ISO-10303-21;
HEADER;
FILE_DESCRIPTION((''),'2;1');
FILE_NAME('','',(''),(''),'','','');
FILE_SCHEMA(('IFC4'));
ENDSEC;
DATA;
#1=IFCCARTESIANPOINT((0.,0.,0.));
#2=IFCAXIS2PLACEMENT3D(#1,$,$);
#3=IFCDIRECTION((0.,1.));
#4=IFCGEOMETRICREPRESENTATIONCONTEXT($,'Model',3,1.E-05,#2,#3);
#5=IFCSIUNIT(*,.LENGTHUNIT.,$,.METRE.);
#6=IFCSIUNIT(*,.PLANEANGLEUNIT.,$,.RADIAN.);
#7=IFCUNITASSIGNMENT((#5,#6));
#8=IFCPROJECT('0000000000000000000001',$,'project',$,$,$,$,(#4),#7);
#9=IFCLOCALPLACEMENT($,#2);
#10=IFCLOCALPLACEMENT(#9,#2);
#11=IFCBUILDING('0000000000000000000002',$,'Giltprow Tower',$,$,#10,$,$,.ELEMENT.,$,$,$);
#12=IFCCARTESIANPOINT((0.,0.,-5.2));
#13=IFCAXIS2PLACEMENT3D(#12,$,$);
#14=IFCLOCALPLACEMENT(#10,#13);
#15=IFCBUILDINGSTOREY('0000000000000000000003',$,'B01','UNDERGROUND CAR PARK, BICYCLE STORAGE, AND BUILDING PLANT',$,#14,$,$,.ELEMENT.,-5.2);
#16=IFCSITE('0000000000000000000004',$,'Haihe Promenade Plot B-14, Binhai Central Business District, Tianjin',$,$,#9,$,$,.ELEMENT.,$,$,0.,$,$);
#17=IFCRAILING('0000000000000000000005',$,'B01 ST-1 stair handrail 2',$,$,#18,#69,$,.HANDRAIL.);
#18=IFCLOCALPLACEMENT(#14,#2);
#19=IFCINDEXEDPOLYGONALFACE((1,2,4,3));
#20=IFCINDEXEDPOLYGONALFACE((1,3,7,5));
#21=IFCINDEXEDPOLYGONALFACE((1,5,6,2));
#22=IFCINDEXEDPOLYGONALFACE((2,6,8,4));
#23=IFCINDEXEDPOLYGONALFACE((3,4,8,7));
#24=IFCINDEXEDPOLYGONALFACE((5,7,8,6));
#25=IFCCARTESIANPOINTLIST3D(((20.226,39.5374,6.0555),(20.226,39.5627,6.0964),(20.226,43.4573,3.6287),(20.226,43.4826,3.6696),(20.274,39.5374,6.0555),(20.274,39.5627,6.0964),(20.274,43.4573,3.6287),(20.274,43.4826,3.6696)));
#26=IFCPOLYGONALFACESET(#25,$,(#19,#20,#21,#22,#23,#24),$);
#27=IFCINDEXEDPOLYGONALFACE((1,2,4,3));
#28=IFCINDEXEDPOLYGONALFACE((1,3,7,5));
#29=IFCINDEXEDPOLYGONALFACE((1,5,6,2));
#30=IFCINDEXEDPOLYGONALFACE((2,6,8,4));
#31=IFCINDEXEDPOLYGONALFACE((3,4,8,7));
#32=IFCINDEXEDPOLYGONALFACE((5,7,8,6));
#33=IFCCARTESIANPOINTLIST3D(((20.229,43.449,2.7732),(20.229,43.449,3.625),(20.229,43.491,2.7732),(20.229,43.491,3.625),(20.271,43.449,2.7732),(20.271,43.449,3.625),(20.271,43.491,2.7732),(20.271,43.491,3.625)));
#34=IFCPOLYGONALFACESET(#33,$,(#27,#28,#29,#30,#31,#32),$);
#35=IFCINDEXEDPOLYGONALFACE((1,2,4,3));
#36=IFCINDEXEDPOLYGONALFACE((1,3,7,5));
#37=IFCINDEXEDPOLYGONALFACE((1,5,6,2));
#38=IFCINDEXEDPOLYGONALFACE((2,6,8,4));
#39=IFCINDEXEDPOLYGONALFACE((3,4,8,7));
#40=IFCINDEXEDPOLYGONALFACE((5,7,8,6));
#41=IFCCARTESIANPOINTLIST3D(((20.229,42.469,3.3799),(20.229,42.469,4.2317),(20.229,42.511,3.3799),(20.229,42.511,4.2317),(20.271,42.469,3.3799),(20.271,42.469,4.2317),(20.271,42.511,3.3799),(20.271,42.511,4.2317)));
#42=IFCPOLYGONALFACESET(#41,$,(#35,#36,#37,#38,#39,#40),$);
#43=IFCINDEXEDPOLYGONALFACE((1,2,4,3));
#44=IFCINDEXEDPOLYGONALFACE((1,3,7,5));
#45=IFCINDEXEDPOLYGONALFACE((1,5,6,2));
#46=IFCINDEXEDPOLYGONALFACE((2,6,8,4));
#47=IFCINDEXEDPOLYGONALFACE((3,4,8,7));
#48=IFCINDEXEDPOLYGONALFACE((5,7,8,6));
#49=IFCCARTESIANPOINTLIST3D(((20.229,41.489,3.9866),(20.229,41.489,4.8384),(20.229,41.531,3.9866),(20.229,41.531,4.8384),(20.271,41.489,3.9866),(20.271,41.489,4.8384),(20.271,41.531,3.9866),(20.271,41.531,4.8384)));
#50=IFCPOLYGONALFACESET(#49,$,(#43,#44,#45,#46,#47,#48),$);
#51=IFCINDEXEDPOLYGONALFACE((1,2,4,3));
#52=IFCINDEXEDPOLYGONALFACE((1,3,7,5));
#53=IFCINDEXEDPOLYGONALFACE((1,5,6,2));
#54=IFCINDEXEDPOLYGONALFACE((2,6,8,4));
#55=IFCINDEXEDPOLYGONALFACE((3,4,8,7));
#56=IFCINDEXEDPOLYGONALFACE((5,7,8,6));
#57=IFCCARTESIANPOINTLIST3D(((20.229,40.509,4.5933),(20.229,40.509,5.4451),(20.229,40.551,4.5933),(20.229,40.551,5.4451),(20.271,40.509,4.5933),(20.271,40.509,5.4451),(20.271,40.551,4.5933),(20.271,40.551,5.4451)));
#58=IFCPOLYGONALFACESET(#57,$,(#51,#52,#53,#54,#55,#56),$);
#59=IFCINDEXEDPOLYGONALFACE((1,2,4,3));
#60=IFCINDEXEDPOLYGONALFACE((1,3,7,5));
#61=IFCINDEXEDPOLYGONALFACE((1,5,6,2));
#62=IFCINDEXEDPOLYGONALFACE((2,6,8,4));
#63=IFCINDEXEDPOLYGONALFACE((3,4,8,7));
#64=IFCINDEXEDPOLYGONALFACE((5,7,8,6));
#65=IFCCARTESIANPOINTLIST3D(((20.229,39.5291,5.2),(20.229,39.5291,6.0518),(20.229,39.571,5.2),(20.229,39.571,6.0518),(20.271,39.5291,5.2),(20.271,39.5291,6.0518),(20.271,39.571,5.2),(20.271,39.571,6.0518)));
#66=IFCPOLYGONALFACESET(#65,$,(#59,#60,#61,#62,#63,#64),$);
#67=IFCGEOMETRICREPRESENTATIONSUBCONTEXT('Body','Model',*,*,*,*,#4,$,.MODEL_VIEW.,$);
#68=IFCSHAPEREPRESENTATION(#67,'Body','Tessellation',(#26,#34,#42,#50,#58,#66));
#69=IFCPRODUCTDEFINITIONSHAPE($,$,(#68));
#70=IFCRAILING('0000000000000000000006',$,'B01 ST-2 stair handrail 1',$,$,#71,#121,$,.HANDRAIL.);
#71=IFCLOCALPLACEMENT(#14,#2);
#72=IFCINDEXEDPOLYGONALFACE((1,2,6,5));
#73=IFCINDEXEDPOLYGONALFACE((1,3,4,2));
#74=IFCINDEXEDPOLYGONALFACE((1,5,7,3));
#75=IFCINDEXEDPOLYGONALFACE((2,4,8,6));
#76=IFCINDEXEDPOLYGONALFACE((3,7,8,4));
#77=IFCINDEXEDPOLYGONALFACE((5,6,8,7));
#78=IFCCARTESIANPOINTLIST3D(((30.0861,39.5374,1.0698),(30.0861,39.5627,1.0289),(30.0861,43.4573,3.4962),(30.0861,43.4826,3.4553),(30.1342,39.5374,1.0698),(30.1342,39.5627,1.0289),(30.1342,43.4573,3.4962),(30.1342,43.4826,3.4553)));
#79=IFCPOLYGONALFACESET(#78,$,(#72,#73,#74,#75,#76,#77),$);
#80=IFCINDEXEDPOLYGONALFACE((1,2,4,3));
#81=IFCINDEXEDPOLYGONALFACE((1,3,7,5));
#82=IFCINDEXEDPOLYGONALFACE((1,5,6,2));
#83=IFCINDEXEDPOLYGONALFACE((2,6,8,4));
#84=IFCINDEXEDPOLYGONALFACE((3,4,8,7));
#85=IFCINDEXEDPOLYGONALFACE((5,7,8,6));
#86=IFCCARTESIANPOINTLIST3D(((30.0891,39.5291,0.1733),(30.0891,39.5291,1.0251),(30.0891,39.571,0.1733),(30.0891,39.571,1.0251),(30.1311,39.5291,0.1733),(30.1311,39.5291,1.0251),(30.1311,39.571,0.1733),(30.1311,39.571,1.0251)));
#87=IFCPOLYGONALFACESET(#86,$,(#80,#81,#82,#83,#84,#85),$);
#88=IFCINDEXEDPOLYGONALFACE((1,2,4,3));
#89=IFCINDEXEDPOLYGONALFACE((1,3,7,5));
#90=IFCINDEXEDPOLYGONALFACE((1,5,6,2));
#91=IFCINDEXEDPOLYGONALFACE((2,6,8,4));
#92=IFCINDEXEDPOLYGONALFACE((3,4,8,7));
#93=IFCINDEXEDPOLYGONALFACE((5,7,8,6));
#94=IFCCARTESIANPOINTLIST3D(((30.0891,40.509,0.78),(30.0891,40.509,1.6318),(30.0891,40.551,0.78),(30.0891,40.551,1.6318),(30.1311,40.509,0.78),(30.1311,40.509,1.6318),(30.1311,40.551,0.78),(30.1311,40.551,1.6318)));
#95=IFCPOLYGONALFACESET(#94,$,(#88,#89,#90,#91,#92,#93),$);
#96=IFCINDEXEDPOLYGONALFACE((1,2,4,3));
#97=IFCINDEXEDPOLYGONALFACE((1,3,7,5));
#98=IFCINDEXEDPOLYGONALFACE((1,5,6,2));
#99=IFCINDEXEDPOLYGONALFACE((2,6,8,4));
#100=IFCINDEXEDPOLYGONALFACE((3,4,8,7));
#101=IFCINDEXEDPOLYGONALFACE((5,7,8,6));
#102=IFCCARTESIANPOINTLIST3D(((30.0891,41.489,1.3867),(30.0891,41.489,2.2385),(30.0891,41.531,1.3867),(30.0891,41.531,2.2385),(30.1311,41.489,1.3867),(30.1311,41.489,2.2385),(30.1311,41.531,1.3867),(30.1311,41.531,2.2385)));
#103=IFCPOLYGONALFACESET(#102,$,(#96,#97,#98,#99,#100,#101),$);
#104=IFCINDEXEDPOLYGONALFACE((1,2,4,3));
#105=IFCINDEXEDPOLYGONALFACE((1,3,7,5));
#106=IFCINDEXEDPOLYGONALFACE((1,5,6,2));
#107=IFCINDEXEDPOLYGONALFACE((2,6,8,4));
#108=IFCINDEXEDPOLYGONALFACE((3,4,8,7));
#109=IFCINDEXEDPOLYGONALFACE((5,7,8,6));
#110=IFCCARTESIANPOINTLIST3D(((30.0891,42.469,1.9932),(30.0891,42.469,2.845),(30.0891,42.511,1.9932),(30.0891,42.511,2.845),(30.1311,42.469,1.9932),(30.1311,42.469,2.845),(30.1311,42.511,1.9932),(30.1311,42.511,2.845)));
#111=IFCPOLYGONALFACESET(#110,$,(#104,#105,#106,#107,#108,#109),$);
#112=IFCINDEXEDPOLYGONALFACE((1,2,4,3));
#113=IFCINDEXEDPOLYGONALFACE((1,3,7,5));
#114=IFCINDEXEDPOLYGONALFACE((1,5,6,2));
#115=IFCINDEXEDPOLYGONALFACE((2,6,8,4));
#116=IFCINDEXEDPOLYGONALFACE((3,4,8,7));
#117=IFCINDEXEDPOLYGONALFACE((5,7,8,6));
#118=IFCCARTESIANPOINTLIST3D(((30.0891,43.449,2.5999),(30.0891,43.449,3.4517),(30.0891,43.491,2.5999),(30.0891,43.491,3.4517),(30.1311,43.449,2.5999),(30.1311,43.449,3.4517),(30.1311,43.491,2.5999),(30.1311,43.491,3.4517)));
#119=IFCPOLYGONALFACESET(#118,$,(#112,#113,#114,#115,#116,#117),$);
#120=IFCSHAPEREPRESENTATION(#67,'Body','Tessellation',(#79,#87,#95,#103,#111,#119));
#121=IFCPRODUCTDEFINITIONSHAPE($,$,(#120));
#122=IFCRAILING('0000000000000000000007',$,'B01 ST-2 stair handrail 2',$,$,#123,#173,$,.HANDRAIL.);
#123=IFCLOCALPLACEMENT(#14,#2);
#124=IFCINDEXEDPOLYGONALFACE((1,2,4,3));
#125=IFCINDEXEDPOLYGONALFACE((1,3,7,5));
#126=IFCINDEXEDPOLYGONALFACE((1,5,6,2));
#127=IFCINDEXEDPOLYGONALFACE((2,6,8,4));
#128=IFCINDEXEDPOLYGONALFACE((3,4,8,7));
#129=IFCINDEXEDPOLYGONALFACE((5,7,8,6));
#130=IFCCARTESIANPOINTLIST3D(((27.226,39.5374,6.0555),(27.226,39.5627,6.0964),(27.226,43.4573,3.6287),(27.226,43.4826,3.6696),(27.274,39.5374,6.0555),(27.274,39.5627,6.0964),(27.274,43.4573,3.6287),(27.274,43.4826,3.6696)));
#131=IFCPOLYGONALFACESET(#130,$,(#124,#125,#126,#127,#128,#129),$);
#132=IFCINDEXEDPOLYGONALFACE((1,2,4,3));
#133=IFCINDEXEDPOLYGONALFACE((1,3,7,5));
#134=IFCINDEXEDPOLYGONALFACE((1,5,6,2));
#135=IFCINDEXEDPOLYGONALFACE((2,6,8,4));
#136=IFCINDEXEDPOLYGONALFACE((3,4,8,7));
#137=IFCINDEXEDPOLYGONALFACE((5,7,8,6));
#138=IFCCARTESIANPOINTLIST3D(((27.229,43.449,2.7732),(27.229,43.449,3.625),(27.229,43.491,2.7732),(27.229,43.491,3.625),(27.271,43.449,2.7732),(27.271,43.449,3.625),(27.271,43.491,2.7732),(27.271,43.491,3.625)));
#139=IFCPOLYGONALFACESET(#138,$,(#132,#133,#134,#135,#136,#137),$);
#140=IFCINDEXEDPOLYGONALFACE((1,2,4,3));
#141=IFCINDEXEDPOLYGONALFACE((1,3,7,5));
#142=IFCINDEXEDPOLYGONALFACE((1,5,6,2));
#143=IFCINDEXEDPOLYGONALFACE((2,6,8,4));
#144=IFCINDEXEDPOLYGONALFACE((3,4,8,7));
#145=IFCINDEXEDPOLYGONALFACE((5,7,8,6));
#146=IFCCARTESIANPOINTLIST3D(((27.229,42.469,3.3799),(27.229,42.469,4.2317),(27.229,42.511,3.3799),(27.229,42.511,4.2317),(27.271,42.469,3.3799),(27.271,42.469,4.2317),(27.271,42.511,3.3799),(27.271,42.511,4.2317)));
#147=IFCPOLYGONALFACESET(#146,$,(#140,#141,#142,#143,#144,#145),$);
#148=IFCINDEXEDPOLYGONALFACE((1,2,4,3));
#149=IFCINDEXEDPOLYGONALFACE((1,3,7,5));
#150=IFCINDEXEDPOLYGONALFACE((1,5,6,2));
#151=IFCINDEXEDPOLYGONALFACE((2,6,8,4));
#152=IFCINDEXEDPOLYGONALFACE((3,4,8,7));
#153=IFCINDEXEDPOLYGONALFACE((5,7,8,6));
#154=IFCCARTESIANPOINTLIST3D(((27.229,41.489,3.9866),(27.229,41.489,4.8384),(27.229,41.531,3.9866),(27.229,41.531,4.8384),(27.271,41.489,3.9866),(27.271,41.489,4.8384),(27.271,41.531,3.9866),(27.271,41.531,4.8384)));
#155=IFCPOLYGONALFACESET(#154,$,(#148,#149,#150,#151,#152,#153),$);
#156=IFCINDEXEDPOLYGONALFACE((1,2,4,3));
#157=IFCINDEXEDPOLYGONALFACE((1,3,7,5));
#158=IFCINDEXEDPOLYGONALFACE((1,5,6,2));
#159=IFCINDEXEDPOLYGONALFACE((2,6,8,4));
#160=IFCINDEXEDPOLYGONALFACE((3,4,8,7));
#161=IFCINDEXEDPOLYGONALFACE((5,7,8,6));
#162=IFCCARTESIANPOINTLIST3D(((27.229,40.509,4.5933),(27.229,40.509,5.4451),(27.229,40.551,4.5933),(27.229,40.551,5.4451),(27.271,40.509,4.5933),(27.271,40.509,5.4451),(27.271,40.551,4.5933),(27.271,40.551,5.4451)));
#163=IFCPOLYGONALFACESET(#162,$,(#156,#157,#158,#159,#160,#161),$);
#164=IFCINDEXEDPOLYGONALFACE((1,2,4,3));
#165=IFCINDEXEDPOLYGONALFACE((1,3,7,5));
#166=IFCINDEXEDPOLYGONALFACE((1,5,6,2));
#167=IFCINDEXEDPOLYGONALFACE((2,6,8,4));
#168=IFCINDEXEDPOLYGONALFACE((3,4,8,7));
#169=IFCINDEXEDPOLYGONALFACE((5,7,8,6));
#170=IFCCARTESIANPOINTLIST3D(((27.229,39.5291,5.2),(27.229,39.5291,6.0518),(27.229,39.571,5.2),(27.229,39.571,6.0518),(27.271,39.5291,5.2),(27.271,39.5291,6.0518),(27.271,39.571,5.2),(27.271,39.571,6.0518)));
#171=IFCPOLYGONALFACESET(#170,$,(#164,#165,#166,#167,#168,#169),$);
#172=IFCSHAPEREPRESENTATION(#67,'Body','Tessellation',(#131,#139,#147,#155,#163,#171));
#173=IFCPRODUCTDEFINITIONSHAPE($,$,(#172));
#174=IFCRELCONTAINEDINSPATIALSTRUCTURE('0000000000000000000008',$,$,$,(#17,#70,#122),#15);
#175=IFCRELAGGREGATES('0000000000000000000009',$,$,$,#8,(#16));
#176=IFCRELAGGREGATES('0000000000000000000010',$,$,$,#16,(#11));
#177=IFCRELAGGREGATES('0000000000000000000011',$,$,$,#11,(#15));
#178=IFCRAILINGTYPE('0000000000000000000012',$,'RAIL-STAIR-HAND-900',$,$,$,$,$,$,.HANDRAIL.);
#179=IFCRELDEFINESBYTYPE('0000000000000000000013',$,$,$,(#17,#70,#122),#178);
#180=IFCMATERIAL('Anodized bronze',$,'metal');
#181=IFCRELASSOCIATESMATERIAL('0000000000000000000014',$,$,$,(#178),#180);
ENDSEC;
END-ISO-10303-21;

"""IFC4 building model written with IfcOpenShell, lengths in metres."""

from ifc_helpers import new_model, si_unit, direction, frame, origin, origin_2d, place, context, subcontext, project, spatial, rectangle, extrude, material, type_object, element, save


model = new_model("IFC4")

# Units and contexts
model_context = context("Model", 3, precision=1e-05, world=origin(), true_north=direction((0.0, 1.0)))
body_context = subcontext(model_context, "Body", "Model", "MODEL_VIEW")
ifc_project = project(units=[si_unit("LENGTHUNIT", "METRE"), si_unit("PLANEANGLEUNIT", "RADIAN")], contexts=[model_context])

# Site, building, storey
site_placement = place(None, origin())
site = spatial("IfcSite", under=ifc_project, at=site_placement, Name="Haihe Promenade Plot B-14, Binhai Central Business District, Tianjin", CompositionType="ELEMENT", RefElevation=0.0)
building_placement = place(site_placement, origin())
building = spatial("IfcBuilding", under=site, at=building_placement, Name="Giltprow Tower", CompositionType="ELEMENT")
storey_placement = place(building_placement, frame((0.0, 0.0, -5.2)))
storey = spatial("IfcBuildingStorey", under=building, at=storey_placement, Name="B01", Description="UNDERGROUND CAR PARK, BICYCLE STORAGE, AND BUILDING PLANT", CompositionType="ELEMENT", Elevation=-5.2)

# Railings
ifc_material_1 = material(Name="Anodized bronze", Category="metal")
railing_type_1 = type_object("IfcRailingType", Name="RAIL-STAIR-HAND-900", PredefinedType="HANDRAIL", material=ifc_material_1)
railing_1_placement = place(storey_placement, frame((20.25, 43.47, 2.7732)))
element("IfcRailing", 1, at=railing_1_placement, inside=storey, type_object=railing_type_1, Name="B01 ST-1 stair handrail 2", PredefinedType="HANDRAIL", context=body_context, shape_type="SweptSolid", body=[
    extrude(rectangle(XDim=0.0481, YDim=0.0481, at=origin_2d()), frame((0.0, 0.0, 0.876), z_axis=(0.0, -0.850252, 0.526376), x_axis=(1.0, 0.0, 0.0)), (0.0, 0.0, 1.0), 4.6104),
    extrude(rectangle(XDim=0.042, YDim=0.042, at=origin_2d()), origin(), (0.0, 0.0, 1.0), 0.8518),
    extrude(rectangle(XDim=0.042, YDim=0.042, at=origin_2d()), frame((0.0, -0.98, 0.6067)), (0.0, 0.0, 1.0), 0.8518),
    extrude(rectangle(XDim=0.042, YDim=0.042, at=origin_2d()), frame((0.0, -1.96, 1.2134)), (0.0, 0.0, 1.0), 0.8518),
    extrude(rectangle(XDim=0.042, YDim=0.042, at=origin_2d()), frame((0.0, -2.9399, 1.8201)), (0.0, 0.0, 1.0), 0.8518),
    extrude(rectangle(XDim=0.042, YDim=0.042, at=origin_2d()), frame((0.0, -3.9199, 2.4268)), (0.0, 0.0, 1.0), 0.8518),
])
railing_2_placement = place(storey_placement, frame((30.1101, 39.55, 0.1733)))
element("IfcRailing", 2, at=railing_2_placement, inside=storey, type_object=railing_type_1, Name="B01 ST-2 stair handrail 1", PredefinedType="HANDRAIL", context=body_context, shape_type="SweptSolid", body=[
    extrude(rectangle(XDim=0.0481, YDim=0.0481, at=origin_2d()), frame((0.0, 0.0, 0.876), z_axis=(0.0, 0.850275, 0.526338), x_axis=(-1.0, 0.0, 0.0)), (0.0, 0.0, 1.0), 4.6101),
    extrude(rectangle(XDim=0.042, YDim=0.042, at=origin_2d()), origin(), (0.0, 0.0, 1.0), 0.8518),
    extrude(rectangle(XDim=0.042, YDim=0.042, at=origin_2d()), frame((0.0, 0.98, 0.6067)), (0.0, 0.0, 1.0), 0.8518),
    extrude(rectangle(XDim=0.042, YDim=0.042, at=origin_2d()), frame((0.0, 1.96, 1.2134)), (0.0, 0.0, 1.0), 0.8518),
    extrude(rectangle(XDim=0.042, YDim=0.042, at=origin_2d()), frame((0.0, 2.9399, 1.8198)), (0.0, 0.0, 1.0), 0.8518),
    extrude(rectangle(XDim=0.042, YDim=0.042, at=origin_2d()), frame((0.0, 3.9199, 2.4265)), (0.0, 0.0, 1.0), 0.8518),
])
railing_3_placement = place(storey_placement, frame((27.25, 43.47, 2.7732)))
element("IfcRailing", 3, at=railing_3_placement, inside=storey, type_object=railing_type_1, Name="B01 ST-2 stair handrail 2", PredefinedType="HANDRAIL", context=body_context, shape_type="SweptSolid", body=[
    extrude(rectangle(XDim=0.0481, YDim=0.0481, at=origin_2d()), frame((0.0, 0.0, 0.876), z_axis=(0.0, -0.850252, 0.526376), x_axis=(1.0, 0.0, 0.0)), (0.0, 0.0, 1.0), 4.6104),
    extrude(rectangle(XDim=0.042, YDim=0.042, at=origin_2d()), origin(), (0.0, 0.0, 1.0), 0.8518),
    extrude(rectangle(XDim=0.042, YDim=0.042, at=origin_2d()), frame((0.0, -0.98, 0.6067)), (0.0, 0.0, 1.0), 0.8518),
    extrude(rectangle(XDim=0.042, YDim=0.042, at=origin_2d()), frame((0.0, -1.96, 1.2134)), (0.0, 0.0, 1.0), 0.8518),
    extrude(rectangle(XDim=0.042, YDim=0.042, at=origin_2d()), frame((0.0, -2.9399, 1.8201)), (0.0, 0.0, 1.0), 0.8518),
    extrude(rectangle(XDim=0.042, YDim=0.042, at=origin_2d()), frame((0.0, -3.9199, 2.4268)), (0.0, 0.0, 1.0), 0.8518),
])

save(model, "model.ifc")
